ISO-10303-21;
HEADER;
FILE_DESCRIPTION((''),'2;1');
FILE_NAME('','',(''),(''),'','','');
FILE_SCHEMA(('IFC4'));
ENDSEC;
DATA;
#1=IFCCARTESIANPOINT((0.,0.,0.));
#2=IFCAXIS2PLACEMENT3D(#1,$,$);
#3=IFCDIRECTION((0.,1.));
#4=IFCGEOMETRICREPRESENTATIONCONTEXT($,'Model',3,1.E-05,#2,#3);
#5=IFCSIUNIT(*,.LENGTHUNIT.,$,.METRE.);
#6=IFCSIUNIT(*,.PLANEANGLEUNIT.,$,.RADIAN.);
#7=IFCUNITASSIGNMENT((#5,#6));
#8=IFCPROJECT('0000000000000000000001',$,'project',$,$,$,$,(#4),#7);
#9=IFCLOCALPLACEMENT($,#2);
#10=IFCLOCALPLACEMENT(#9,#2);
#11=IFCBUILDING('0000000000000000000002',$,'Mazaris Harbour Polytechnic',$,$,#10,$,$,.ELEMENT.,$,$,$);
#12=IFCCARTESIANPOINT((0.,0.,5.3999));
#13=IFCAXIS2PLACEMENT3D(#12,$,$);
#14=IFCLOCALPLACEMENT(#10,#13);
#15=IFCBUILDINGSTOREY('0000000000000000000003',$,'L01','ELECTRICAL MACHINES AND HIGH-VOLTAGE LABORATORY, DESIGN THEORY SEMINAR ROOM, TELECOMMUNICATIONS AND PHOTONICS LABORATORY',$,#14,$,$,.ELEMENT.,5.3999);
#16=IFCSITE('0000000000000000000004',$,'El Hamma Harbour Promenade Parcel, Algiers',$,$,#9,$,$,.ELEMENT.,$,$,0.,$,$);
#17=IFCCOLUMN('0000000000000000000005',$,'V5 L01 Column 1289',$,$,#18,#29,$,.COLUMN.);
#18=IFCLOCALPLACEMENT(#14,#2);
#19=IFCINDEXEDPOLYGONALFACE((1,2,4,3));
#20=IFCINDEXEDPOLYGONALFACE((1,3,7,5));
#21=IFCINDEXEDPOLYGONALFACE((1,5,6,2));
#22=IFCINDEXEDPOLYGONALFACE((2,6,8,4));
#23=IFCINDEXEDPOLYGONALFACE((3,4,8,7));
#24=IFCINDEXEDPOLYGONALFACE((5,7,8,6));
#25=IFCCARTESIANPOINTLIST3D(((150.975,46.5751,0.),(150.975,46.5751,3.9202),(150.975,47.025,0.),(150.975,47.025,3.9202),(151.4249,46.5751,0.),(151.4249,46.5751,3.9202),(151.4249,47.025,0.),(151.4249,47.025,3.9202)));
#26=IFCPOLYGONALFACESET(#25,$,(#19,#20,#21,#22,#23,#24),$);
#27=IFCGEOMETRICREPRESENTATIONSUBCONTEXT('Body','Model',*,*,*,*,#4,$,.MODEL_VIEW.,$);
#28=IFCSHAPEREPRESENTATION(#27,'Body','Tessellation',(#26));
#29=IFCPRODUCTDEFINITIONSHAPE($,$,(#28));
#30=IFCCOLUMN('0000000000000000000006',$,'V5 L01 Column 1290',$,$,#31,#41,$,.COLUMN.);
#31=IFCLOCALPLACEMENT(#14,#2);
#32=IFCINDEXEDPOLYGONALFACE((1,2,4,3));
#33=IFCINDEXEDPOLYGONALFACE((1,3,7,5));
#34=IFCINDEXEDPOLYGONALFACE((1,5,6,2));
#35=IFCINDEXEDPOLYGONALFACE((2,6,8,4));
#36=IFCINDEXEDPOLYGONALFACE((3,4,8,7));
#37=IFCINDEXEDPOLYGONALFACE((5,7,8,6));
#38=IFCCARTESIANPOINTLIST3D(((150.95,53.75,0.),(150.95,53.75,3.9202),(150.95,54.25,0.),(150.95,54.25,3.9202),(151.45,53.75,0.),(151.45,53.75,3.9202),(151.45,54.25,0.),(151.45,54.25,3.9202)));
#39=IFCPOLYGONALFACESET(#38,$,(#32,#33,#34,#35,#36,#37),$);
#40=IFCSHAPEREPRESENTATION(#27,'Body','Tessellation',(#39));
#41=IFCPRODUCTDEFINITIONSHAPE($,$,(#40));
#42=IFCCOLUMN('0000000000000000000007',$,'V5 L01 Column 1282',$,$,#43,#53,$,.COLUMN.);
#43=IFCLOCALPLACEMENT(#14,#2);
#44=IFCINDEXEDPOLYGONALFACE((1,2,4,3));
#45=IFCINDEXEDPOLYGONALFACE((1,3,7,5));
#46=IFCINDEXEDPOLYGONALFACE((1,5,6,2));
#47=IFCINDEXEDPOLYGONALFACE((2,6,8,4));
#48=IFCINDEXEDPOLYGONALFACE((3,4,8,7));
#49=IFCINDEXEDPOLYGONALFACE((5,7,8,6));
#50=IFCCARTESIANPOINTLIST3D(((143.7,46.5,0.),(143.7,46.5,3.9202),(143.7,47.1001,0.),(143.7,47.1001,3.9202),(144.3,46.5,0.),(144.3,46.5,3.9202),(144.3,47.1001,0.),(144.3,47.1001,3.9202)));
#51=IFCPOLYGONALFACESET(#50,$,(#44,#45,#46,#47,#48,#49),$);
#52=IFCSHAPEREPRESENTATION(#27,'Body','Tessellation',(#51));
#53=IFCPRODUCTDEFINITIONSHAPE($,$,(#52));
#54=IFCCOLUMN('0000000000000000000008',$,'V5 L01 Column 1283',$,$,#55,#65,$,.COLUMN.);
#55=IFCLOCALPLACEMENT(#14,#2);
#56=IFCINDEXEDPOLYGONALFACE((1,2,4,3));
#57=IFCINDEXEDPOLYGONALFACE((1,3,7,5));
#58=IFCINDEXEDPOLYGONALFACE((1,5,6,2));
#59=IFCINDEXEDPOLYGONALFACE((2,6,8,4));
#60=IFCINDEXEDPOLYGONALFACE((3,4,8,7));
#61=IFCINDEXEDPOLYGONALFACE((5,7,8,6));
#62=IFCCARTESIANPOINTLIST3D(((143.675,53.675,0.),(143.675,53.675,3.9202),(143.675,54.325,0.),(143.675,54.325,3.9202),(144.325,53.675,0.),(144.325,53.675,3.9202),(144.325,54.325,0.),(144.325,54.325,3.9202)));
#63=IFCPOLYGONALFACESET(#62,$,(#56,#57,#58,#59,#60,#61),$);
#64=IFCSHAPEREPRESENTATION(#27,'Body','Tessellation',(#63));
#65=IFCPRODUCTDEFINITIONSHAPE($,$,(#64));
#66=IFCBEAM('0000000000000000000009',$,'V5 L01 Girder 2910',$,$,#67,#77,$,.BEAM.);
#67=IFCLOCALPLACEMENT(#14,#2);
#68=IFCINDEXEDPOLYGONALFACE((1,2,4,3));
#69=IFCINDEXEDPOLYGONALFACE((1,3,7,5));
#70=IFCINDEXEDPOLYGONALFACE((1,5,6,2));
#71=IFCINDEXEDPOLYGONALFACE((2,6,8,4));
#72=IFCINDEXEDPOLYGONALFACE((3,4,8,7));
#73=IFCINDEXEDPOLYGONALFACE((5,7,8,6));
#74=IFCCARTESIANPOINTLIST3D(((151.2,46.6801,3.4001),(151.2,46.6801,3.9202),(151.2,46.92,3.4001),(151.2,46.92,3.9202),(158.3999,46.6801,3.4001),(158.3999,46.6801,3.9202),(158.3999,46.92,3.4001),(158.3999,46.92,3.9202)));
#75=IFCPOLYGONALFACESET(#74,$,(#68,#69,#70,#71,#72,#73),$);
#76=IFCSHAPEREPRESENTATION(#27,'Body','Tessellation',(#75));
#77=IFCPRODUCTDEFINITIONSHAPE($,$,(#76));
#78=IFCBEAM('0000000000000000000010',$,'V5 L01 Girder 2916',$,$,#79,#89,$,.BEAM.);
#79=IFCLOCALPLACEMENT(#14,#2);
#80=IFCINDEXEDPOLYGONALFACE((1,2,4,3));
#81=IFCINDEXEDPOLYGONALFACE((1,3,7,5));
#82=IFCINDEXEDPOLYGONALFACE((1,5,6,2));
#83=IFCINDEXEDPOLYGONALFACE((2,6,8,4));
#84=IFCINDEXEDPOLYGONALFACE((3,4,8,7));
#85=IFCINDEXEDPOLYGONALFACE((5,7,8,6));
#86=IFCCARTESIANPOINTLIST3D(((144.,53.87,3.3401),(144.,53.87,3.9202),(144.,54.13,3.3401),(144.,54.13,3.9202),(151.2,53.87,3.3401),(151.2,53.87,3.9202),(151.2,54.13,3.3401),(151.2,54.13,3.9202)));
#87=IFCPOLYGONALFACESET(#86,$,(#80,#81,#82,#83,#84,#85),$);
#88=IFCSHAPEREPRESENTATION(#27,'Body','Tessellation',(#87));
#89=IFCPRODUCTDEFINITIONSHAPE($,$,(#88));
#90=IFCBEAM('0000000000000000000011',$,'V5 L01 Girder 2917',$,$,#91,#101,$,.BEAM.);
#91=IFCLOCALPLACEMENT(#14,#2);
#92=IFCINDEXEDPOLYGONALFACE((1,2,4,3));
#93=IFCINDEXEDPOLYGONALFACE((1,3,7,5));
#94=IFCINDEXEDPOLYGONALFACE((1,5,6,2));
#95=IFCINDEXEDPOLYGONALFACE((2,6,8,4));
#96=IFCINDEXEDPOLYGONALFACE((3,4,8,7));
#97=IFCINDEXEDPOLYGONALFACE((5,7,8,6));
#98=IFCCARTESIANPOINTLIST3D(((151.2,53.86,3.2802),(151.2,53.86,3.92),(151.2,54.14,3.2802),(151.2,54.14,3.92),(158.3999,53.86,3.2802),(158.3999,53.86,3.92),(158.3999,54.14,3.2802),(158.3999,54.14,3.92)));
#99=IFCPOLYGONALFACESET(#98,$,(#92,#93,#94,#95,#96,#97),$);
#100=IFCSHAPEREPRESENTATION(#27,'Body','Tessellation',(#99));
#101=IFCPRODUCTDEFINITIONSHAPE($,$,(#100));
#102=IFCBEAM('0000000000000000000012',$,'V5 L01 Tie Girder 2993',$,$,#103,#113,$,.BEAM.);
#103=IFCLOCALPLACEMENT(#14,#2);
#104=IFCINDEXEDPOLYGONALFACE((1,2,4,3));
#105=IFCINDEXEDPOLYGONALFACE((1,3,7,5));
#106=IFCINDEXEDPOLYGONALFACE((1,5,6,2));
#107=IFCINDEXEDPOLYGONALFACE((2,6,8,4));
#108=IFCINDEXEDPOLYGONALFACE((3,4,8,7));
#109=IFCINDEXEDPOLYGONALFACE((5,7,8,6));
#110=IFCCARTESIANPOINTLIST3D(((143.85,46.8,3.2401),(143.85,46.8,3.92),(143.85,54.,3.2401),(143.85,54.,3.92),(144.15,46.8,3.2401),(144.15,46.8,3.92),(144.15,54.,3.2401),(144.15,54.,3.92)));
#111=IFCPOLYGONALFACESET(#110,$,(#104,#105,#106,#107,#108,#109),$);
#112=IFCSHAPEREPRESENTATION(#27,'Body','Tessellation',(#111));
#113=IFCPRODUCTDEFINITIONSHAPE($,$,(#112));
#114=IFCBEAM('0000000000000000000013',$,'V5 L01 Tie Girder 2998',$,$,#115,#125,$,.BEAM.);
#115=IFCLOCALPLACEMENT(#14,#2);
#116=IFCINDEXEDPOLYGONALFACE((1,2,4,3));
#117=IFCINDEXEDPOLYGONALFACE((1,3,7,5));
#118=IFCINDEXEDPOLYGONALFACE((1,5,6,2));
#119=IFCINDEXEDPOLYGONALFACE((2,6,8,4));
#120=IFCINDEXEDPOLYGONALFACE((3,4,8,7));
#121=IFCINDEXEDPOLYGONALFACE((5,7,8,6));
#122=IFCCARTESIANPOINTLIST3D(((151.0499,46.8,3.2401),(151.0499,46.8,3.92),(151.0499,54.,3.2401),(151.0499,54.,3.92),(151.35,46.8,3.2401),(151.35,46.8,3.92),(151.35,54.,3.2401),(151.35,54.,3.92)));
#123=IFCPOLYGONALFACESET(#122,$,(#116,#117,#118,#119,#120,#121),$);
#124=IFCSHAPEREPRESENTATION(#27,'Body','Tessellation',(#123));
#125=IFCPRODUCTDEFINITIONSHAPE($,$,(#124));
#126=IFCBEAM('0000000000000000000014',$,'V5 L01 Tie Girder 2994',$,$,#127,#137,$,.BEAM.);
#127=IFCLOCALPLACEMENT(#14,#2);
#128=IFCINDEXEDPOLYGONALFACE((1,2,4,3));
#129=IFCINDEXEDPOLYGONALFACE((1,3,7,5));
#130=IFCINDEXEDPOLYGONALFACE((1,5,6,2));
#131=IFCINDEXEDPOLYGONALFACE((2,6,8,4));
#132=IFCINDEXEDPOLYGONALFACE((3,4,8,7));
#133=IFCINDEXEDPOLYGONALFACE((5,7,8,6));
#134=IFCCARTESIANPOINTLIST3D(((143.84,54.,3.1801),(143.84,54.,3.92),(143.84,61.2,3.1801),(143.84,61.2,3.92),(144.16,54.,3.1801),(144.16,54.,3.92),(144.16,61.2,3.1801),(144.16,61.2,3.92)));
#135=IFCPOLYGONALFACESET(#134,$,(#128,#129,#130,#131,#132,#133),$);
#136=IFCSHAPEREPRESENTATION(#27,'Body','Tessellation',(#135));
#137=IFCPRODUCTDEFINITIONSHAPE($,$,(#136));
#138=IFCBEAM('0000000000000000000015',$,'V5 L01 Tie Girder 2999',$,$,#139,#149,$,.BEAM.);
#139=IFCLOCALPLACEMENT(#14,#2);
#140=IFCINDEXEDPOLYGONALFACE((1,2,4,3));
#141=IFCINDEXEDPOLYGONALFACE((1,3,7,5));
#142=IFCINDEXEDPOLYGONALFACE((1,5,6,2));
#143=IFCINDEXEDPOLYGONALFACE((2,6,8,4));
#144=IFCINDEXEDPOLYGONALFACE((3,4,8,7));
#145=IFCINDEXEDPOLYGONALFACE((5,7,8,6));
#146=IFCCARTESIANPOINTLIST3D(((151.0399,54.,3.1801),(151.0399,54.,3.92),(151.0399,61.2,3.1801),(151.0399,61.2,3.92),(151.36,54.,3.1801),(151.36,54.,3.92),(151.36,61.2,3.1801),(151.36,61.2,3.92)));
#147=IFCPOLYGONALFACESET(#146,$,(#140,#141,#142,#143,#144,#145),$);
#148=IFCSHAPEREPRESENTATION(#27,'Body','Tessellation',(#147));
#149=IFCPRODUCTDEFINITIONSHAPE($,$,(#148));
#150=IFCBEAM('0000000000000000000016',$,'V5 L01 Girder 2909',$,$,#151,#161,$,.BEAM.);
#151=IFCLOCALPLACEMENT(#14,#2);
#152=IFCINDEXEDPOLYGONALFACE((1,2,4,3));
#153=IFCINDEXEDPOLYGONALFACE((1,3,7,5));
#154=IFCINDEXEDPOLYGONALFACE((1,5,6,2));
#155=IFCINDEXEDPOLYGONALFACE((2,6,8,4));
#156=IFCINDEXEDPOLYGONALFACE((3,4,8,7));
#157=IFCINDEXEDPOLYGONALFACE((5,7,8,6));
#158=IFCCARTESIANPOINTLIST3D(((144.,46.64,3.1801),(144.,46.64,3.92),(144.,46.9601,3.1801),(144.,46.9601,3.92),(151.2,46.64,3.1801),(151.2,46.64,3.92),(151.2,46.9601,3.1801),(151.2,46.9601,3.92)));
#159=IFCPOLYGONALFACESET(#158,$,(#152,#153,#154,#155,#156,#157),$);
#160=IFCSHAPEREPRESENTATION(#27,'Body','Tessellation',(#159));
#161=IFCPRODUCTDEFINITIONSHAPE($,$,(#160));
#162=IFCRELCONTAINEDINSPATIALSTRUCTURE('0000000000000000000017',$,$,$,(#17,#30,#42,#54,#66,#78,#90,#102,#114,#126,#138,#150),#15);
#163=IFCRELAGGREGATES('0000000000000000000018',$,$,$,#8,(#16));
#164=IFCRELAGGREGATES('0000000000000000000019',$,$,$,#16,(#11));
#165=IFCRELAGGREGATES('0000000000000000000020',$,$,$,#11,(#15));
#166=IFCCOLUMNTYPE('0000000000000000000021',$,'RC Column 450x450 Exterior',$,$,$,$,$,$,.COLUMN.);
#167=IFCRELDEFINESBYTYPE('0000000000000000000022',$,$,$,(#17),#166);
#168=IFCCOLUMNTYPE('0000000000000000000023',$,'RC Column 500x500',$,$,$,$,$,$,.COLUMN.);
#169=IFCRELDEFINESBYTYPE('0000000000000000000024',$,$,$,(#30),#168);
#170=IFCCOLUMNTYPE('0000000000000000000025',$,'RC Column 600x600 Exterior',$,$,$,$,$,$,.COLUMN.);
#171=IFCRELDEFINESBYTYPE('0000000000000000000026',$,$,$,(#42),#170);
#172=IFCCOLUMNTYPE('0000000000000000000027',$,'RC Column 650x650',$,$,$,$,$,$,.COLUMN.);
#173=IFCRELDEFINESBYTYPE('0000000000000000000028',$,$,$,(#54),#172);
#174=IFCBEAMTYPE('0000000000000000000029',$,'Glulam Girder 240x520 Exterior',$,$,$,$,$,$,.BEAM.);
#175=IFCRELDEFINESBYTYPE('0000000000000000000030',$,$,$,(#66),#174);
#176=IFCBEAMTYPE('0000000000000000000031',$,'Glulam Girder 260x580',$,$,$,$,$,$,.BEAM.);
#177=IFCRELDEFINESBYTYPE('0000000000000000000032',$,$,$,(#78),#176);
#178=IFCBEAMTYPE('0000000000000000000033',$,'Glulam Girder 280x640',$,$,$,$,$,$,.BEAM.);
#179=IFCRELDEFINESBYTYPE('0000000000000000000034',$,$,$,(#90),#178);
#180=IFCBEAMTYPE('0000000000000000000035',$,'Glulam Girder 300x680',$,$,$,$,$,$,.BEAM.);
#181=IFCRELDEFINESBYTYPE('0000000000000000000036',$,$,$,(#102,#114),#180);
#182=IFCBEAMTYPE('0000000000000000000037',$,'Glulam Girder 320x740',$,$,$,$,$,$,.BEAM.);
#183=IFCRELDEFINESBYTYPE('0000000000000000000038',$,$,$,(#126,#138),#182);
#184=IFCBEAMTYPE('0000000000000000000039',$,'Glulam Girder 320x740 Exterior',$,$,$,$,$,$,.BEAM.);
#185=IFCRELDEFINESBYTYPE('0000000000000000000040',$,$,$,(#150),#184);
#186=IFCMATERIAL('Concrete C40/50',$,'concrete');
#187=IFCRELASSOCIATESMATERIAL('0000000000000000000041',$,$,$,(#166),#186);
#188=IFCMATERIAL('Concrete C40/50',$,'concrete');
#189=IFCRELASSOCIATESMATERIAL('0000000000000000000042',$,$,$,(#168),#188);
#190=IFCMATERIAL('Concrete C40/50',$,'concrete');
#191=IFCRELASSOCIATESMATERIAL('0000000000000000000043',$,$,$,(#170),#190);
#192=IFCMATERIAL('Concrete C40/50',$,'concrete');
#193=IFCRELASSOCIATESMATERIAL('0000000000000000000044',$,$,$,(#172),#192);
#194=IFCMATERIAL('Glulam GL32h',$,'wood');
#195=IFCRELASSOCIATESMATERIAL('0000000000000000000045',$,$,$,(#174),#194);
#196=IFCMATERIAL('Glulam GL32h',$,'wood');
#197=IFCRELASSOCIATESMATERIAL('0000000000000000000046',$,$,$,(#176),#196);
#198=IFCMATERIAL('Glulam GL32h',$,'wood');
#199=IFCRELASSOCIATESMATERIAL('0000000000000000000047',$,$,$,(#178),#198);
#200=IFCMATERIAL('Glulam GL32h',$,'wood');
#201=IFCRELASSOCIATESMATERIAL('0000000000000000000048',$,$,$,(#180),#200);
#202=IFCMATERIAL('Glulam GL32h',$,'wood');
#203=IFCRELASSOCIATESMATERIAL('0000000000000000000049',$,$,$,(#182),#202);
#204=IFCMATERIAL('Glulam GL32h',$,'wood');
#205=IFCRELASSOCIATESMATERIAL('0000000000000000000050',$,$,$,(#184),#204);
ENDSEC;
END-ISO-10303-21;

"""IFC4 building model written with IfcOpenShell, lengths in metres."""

from ifc_helpers import new_model, si_unit, direction, frame, origin, origin_2d, place, context, subcontext, project, spatial, rectangle, extrude, material, material_profile, profile_set, type_object, element, save


model = new_model("IFC4")

# Units and contexts
model_context = context("Model", 3, precision=1e-05, world=origin(), true_north=direction((0.0, 1.0)))
body_context = subcontext(model_context, "Body", "Model", "MODEL_VIEW")
ifc_project = project(units=[si_unit("LENGTHUNIT", "METRE"), si_unit("PLANEANGLEUNIT", "RADIAN")], contexts=[model_context])

# Site, building, storey
site_placement = place(None, origin())
site = spatial("IfcSite", under=ifc_project, at=site_placement, Name="El Hamma Harbour Promenade Parcel, Algiers", CompositionType="ELEMENT", RefElevation=0.0)
building_placement = place(site_placement, origin())
building = spatial("IfcBuilding", under=site, at=building_placement, Name="Mazaris Harbour Polytechnic", CompositionType="ELEMENT")
storey_placement = place(building_placement, frame((0.0, 0.0, 5.3999)))
storey = spatial("IfcBuildingStorey", under=building, at=storey_placement, Name="L01", Description="ELECTRICAL MACHINES AND HIGH-VOLTAGE LABORATORY, DESIGN THEORY SEMINAR ROOM, TELECOMMUNICATIONS AND PHOTONICS LABORATORY", CompositionType="ELEMENT", Elevation=5.3999)

# Columns
ifc_material_1 = material(Name="Concrete C40/50", Category="concrete")
ifc_material_profile_1 = material_profile(ifc_material_1, rectangle(XDim=0.45, YDim=0.45, at=origin_2d()), Name="RECT450x450")
ifc_profile_set_1 = profile_set([ifc_material_profile_1], Name="Concrete C40/50")
column_type_1 = type_object("IfcColumnType", Name="RC Column 450x450 Exterior", PredefinedType="COLUMN", material=ifc_profile_set_1)
column_1_placement = place(storey_placement, frame((151.2, 46.8, 0.0), z_axis=(0.0, 0.0, 1.0), x_axis=(1.0, 0.0, 0.0)))
element("IfcColumn", 1, at=column_1_placement, inside=storey, type_object=column_type_1, Name="V5 L01 Column 1289", PredefinedType="COLUMN", context=body_context, shape_type="SweptSolid", body=[
    extrude(rectangle(XDim=0.45, YDim=0.45, at=origin_2d()), origin(), (0.0, 0.0, 1.0), 3.9202),
])
ifc_material_2 = material(Name="Concrete C40/50", Category="concrete")
ifc_material_profile_2 = material_profile(ifc_material_2, rectangle(XDim=0.5, YDim=0.5, at=origin_2d()), Name="RECT500x500")
ifc_profile_set_2 = profile_set([ifc_material_profile_2], Name="Concrete C40/50")
column_type_2 = type_object("IfcColumnType", Name="RC Column 500x500", PredefinedType="COLUMN", material=ifc_profile_set_2)
column_2_placement = place(storey_placement, frame((151.2, 54.0, 0.0), z_axis=(0.0, 0.0, 1.0), x_axis=(1.0, 0.0, 0.0)))
element("IfcColumn", 2, at=column_2_placement, inside=storey, type_object=column_type_2, Name="V5 L01 Column 1290", PredefinedType="COLUMN", context=body_context, shape_type="SweptSolid", body=[
    extrude(rectangle(XDim=0.5, YDim=0.5, at=origin_2d()), origin(), (0.0, 0.0, 1.0), 3.9202),
])
ifc_material_3 = material(Name="Concrete C40/50", Category="concrete")
ifc_material_profile_3 = material_profile(ifc_material_3, rectangle(XDim=0.6001, YDim=0.6001, at=origin_2d()), Name="RECT600x600")
ifc_profile_set_3 = profile_set([ifc_material_profile_3], Name="Concrete C40/50")
column_type_3 = type_object("IfcColumnType", Name="RC Column 600x600 Exterior", PredefinedType="COLUMN", material=ifc_profile_set_3)
column_3_placement = place(storey_placement, frame((144.0, 46.8, 0.0), z_axis=(0.0, 0.0, 1.0), x_axis=(1.0, 0.0, 0.0)))
element("IfcColumn", 3, at=column_3_placement, inside=storey, type_object=column_type_3, Name="V5 L01 Column 1282", PredefinedType="COLUMN", context=body_context, shape_type="SweptSolid", body=[
    extrude(rectangle(XDim=0.6001, YDim=0.6001, at=origin_2d()), origin(), (0.0, 0.0, 1.0), 3.9202),
])
ifc_material_4 = material(Name="Concrete C40/50", Category="concrete")
ifc_material_profile_4 = material_profile(ifc_material_4, rectangle(XDim=0.6499, YDim=0.6499, at=origin_2d()), Name="RECT650x650")
ifc_profile_set_4 = profile_set([ifc_material_profile_4], Name="Concrete C40/50")
column_type_4 = type_object("IfcColumnType", Name="RC Column 650x650", PredefinedType="COLUMN", material=ifc_profile_set_4)
column_4_placement = place(storey_placement, frame((144.0, 54.0, 0.0), z_axis=(0.0, 0.0, 1.0), x_axis=(1.0, 0.0, 0.0)))
element("IfcColumn", 4, at=column_4_placement, inside=storey, type_object=column_type_4, Name="V5 L01 Column 1283", PredefinedType="COLUMN", context=body_context, shape_type="SweptSolid", body=[
    extrude(rectangle(XDim=0.6499, YDim=0.6499, at=origin_2d()), origin(), (0.0, 0.0, 1.0), 3.9202),
])

# Beams
ifc_material_5 = material(Name="Glulam GL32h", Category="wood")
ifc_material_profile_5 = material_profile(ifc_material_5, rectangle(XDim=0.24, YDim=0.52, at=origin_2d()), Name="RECT240x520")
ifc_profile_set_5 = profile_set([ifc_material_profile_5], Name="Glulam GL32h")
beam_type_1 = type_object("IfcBeamType", Name="Glulam Girder 240x520 Exterior", PredefinedType="BEAM", material=ifc_profile_set_5)
beam_1_placement = place(storey_placement, frame((151.2, 46.8, 3.6602), z_axis=(1.0, 0.0, 0.0), x_axis=(0.0, 1.0, 0.0)))
element("IfcBeam", 5, at=beam_1_placement, inside=storey, type_object=beam_type_1, Name="V5 L01 Girder 2910", PredefinedType="BEAM", context=body_context, shape_type="SweptSolid", body=[
    extrude(rectangle(XDim=0.24, YDim=0.52, at=origin_2d()), origin(), (0.0, 0.0, 1.0), 7.2),
])
ifc_material_6 = material(Name="Glulam GL32h", Category="wood")
ifc_material_profile_6 = material_profile(ifc_material_6, rectangle(XDim=0.26, YDim=0.5801, at=origin_2d()), Name="RECT260x580")
ifc_profile_set_6 = profile_set([ifc_material_profile_6], Name="Glulam GL32h")
beam_type_2 = type_object("IfcBeamType", Name="Glulam Girder 260x580", PredefinedType="BEAM", material=ifc_profile_set_6)
beam_2_placement = place(storey_placement, frame((144.0, 54.0, 3.6301), z_axis=(1.0, 0.0, 0.0), x_axis=(0.0, 1.0, 0.0)))
element("IfcBeam", 6, at=beam_2_placement, inside=storey, type_object=beam_type_2, Name="V5 L01 Girder 2916", PredefinedType="BEAM", context=body_context, shape_type="SweptSolid", body=[
    extrude(rectangle(XDim=0.26, YDim=0.5801, at=origin_2d()), origin(), (0.0, 0.0, 1.0), 7.2),
])
ifc_material_7 = material(Name="Glulam GL32h", Category="wood")
ifc_material_profile_7 = material_profile(ifc_material_7, rectangle(XDim=0.28, YDim=0.6399, at=origin_2d()), Name="RECT280x640")
ifc_profile_set_7 = profile_set([ifc_material_profile_7], Name="Glulam GL32h")
beam_type_3 = type_object("IfcBeamType", Name="Glulam Girder 280x640", PredefinedType="BEAM", material=ifc_profile_set_7)
beam_3_placement = place(storey_placement, frame((151.2, 54.0, 3.6001), z_axis=(1.0, 0.0, 0.0), x_axis=(0.0, 1.0, 0.0)))
element("IfcBeam", 7, at=beam_3_placement, inside=storey, type_object=beam_type_3, Name="V5 L01 Girder 2917", PredefinedType="BEAM", context=body_context, shape_type="SweptSolid", body=[
    extrude(rectangle(XDim=0.28, YDim=0.6399, at=origin_2d()), origin(), (0.0, 0.0, 1.0), 7.2),
])
ifc_material_8 = material(Name="Glulam GL32h", Category="wood")
ifc_material_profile_8 = material_profile(ifc_material_8, rectangle(XDim=0.3, YDim=0.6799, at=origin_2d()), Name="RECT300x680")
ifc_profile_set_8 = profile_set([ifc_material_profile_8], Name="Glulam GL32h")
beam_type_4 = type_object("IfcBeamType", Name="Glulam Girder 300x680", PredefinedType="BEAM", material=ifc_profile_set_8)
for number, where, z_axis, x_axis, name in (
    (8, (144.0, 46.8, 3.5801), (0.0, 1.0, 0.0), (-1.0, 0.0, 0.0), "V5 L01 Tie Girder 2993"),
    (9, (151.2, 46.8, 3.5801), (0.0, 1.0, 0.0), (-1.0, 0.0, 0.0), "V5 L01 Tie Girder 2998"),
):
    element("IfcBeam", number, at=place(storey_placement, frame(where, z_axis=z_axis, x_axis=x_axis)), inside=storey, type_object=beam_type_4, Name=name, PredefinedType="BEAM", context=body_context, shape_type="SweptSolid", body=[
        extrude(rectangle(XDim=0.3, YDim=0.6799, at=origin_2d()), origin(), (0.0, 0.0, 1.0), 7.2),
    ])
ifc_material_9 = material(Name="Glulam GL32h", Category="wood")
ifc_material_profile_9 = material_profile(ifc_material_9, rectangle(XDim=0.3201, YDim=0.74, at=origin_2d()), Name="RECT320x740")
ifc_profile_set_9 = profile_set([ifc_material_profile_9], Name="Glulam GL32h")
beam_type_5 = type_object("IfcBeamType", Name="Glulam Girder 320x740", PredefinedType="BEAM", material=ifc_profile_set_9)
for number, where, z_axis, x_axis, name in (
    (10, (144.0, 54.0, 3.55), (0.0, 1.0, 0.0), (-1.0, 0.0, 0.0), "V5 L01 Tie Girder 2994"),
    (11, (151.2, 54.0, 3.55), (0.0, 1.0, 0.0), (-1.0, 0.0, 0.0), "V5 L01 Tie Girder 2999"),
):
    element("IfcBeam", number, at=place(storey_placement, frame(where, z_axis=z_axis, x_axis=x_axis)), inside=storey, type_object=beam_type_5, Name=name, PredefinedType="BEAM", context=body_context, shape_type="SweptSolid", body=[
        extrude(rectangle(XDim=0.3201, YDim=0.74, at=origin_2d()), origin(), (0.0, 0.0, 1.0), 7.2),
    ])
ifc_material_10 = material(Name="Glulam GL32h", Category="wood")
ifc_material_profile_10 = material_profile(ifc_material_10, rectangle(XDim=0.3201, YDim=0.74, at=origin_2d()), Name="RECT320x740")
ifc_profile_set_10 = profile_set([ifc_material_profile_10], Name="Glulam GL32h")
beam_type_6 = type_object("IfcBeamType", Name="Glulam Girder 320x740 Exterior", PredefinedType="BEAM", material=ifc_profile_set_10)
beam_4_placement = place(storey_placement, frame((144.0, 46.8, 3.55), z_axis=(1.0, 0.0, 0.0), x_axis=(0.0, 1.0, 0.0)))
element("IfcBeam", 12, at=beam_4_placement, inside=storey, type_object=beam_type_6, Name="V5 L01 Girder 2909", PredefinedType="BEAM", context=body_context, shape_type="SweptSolid", body=[
    extrude(rectangle(XDim=0.3201, YDim=0.74, at=origin_2d()), origin(), (0.0, 0.0, 1.0), 7.2),
])

save(model, "model.ifc")
